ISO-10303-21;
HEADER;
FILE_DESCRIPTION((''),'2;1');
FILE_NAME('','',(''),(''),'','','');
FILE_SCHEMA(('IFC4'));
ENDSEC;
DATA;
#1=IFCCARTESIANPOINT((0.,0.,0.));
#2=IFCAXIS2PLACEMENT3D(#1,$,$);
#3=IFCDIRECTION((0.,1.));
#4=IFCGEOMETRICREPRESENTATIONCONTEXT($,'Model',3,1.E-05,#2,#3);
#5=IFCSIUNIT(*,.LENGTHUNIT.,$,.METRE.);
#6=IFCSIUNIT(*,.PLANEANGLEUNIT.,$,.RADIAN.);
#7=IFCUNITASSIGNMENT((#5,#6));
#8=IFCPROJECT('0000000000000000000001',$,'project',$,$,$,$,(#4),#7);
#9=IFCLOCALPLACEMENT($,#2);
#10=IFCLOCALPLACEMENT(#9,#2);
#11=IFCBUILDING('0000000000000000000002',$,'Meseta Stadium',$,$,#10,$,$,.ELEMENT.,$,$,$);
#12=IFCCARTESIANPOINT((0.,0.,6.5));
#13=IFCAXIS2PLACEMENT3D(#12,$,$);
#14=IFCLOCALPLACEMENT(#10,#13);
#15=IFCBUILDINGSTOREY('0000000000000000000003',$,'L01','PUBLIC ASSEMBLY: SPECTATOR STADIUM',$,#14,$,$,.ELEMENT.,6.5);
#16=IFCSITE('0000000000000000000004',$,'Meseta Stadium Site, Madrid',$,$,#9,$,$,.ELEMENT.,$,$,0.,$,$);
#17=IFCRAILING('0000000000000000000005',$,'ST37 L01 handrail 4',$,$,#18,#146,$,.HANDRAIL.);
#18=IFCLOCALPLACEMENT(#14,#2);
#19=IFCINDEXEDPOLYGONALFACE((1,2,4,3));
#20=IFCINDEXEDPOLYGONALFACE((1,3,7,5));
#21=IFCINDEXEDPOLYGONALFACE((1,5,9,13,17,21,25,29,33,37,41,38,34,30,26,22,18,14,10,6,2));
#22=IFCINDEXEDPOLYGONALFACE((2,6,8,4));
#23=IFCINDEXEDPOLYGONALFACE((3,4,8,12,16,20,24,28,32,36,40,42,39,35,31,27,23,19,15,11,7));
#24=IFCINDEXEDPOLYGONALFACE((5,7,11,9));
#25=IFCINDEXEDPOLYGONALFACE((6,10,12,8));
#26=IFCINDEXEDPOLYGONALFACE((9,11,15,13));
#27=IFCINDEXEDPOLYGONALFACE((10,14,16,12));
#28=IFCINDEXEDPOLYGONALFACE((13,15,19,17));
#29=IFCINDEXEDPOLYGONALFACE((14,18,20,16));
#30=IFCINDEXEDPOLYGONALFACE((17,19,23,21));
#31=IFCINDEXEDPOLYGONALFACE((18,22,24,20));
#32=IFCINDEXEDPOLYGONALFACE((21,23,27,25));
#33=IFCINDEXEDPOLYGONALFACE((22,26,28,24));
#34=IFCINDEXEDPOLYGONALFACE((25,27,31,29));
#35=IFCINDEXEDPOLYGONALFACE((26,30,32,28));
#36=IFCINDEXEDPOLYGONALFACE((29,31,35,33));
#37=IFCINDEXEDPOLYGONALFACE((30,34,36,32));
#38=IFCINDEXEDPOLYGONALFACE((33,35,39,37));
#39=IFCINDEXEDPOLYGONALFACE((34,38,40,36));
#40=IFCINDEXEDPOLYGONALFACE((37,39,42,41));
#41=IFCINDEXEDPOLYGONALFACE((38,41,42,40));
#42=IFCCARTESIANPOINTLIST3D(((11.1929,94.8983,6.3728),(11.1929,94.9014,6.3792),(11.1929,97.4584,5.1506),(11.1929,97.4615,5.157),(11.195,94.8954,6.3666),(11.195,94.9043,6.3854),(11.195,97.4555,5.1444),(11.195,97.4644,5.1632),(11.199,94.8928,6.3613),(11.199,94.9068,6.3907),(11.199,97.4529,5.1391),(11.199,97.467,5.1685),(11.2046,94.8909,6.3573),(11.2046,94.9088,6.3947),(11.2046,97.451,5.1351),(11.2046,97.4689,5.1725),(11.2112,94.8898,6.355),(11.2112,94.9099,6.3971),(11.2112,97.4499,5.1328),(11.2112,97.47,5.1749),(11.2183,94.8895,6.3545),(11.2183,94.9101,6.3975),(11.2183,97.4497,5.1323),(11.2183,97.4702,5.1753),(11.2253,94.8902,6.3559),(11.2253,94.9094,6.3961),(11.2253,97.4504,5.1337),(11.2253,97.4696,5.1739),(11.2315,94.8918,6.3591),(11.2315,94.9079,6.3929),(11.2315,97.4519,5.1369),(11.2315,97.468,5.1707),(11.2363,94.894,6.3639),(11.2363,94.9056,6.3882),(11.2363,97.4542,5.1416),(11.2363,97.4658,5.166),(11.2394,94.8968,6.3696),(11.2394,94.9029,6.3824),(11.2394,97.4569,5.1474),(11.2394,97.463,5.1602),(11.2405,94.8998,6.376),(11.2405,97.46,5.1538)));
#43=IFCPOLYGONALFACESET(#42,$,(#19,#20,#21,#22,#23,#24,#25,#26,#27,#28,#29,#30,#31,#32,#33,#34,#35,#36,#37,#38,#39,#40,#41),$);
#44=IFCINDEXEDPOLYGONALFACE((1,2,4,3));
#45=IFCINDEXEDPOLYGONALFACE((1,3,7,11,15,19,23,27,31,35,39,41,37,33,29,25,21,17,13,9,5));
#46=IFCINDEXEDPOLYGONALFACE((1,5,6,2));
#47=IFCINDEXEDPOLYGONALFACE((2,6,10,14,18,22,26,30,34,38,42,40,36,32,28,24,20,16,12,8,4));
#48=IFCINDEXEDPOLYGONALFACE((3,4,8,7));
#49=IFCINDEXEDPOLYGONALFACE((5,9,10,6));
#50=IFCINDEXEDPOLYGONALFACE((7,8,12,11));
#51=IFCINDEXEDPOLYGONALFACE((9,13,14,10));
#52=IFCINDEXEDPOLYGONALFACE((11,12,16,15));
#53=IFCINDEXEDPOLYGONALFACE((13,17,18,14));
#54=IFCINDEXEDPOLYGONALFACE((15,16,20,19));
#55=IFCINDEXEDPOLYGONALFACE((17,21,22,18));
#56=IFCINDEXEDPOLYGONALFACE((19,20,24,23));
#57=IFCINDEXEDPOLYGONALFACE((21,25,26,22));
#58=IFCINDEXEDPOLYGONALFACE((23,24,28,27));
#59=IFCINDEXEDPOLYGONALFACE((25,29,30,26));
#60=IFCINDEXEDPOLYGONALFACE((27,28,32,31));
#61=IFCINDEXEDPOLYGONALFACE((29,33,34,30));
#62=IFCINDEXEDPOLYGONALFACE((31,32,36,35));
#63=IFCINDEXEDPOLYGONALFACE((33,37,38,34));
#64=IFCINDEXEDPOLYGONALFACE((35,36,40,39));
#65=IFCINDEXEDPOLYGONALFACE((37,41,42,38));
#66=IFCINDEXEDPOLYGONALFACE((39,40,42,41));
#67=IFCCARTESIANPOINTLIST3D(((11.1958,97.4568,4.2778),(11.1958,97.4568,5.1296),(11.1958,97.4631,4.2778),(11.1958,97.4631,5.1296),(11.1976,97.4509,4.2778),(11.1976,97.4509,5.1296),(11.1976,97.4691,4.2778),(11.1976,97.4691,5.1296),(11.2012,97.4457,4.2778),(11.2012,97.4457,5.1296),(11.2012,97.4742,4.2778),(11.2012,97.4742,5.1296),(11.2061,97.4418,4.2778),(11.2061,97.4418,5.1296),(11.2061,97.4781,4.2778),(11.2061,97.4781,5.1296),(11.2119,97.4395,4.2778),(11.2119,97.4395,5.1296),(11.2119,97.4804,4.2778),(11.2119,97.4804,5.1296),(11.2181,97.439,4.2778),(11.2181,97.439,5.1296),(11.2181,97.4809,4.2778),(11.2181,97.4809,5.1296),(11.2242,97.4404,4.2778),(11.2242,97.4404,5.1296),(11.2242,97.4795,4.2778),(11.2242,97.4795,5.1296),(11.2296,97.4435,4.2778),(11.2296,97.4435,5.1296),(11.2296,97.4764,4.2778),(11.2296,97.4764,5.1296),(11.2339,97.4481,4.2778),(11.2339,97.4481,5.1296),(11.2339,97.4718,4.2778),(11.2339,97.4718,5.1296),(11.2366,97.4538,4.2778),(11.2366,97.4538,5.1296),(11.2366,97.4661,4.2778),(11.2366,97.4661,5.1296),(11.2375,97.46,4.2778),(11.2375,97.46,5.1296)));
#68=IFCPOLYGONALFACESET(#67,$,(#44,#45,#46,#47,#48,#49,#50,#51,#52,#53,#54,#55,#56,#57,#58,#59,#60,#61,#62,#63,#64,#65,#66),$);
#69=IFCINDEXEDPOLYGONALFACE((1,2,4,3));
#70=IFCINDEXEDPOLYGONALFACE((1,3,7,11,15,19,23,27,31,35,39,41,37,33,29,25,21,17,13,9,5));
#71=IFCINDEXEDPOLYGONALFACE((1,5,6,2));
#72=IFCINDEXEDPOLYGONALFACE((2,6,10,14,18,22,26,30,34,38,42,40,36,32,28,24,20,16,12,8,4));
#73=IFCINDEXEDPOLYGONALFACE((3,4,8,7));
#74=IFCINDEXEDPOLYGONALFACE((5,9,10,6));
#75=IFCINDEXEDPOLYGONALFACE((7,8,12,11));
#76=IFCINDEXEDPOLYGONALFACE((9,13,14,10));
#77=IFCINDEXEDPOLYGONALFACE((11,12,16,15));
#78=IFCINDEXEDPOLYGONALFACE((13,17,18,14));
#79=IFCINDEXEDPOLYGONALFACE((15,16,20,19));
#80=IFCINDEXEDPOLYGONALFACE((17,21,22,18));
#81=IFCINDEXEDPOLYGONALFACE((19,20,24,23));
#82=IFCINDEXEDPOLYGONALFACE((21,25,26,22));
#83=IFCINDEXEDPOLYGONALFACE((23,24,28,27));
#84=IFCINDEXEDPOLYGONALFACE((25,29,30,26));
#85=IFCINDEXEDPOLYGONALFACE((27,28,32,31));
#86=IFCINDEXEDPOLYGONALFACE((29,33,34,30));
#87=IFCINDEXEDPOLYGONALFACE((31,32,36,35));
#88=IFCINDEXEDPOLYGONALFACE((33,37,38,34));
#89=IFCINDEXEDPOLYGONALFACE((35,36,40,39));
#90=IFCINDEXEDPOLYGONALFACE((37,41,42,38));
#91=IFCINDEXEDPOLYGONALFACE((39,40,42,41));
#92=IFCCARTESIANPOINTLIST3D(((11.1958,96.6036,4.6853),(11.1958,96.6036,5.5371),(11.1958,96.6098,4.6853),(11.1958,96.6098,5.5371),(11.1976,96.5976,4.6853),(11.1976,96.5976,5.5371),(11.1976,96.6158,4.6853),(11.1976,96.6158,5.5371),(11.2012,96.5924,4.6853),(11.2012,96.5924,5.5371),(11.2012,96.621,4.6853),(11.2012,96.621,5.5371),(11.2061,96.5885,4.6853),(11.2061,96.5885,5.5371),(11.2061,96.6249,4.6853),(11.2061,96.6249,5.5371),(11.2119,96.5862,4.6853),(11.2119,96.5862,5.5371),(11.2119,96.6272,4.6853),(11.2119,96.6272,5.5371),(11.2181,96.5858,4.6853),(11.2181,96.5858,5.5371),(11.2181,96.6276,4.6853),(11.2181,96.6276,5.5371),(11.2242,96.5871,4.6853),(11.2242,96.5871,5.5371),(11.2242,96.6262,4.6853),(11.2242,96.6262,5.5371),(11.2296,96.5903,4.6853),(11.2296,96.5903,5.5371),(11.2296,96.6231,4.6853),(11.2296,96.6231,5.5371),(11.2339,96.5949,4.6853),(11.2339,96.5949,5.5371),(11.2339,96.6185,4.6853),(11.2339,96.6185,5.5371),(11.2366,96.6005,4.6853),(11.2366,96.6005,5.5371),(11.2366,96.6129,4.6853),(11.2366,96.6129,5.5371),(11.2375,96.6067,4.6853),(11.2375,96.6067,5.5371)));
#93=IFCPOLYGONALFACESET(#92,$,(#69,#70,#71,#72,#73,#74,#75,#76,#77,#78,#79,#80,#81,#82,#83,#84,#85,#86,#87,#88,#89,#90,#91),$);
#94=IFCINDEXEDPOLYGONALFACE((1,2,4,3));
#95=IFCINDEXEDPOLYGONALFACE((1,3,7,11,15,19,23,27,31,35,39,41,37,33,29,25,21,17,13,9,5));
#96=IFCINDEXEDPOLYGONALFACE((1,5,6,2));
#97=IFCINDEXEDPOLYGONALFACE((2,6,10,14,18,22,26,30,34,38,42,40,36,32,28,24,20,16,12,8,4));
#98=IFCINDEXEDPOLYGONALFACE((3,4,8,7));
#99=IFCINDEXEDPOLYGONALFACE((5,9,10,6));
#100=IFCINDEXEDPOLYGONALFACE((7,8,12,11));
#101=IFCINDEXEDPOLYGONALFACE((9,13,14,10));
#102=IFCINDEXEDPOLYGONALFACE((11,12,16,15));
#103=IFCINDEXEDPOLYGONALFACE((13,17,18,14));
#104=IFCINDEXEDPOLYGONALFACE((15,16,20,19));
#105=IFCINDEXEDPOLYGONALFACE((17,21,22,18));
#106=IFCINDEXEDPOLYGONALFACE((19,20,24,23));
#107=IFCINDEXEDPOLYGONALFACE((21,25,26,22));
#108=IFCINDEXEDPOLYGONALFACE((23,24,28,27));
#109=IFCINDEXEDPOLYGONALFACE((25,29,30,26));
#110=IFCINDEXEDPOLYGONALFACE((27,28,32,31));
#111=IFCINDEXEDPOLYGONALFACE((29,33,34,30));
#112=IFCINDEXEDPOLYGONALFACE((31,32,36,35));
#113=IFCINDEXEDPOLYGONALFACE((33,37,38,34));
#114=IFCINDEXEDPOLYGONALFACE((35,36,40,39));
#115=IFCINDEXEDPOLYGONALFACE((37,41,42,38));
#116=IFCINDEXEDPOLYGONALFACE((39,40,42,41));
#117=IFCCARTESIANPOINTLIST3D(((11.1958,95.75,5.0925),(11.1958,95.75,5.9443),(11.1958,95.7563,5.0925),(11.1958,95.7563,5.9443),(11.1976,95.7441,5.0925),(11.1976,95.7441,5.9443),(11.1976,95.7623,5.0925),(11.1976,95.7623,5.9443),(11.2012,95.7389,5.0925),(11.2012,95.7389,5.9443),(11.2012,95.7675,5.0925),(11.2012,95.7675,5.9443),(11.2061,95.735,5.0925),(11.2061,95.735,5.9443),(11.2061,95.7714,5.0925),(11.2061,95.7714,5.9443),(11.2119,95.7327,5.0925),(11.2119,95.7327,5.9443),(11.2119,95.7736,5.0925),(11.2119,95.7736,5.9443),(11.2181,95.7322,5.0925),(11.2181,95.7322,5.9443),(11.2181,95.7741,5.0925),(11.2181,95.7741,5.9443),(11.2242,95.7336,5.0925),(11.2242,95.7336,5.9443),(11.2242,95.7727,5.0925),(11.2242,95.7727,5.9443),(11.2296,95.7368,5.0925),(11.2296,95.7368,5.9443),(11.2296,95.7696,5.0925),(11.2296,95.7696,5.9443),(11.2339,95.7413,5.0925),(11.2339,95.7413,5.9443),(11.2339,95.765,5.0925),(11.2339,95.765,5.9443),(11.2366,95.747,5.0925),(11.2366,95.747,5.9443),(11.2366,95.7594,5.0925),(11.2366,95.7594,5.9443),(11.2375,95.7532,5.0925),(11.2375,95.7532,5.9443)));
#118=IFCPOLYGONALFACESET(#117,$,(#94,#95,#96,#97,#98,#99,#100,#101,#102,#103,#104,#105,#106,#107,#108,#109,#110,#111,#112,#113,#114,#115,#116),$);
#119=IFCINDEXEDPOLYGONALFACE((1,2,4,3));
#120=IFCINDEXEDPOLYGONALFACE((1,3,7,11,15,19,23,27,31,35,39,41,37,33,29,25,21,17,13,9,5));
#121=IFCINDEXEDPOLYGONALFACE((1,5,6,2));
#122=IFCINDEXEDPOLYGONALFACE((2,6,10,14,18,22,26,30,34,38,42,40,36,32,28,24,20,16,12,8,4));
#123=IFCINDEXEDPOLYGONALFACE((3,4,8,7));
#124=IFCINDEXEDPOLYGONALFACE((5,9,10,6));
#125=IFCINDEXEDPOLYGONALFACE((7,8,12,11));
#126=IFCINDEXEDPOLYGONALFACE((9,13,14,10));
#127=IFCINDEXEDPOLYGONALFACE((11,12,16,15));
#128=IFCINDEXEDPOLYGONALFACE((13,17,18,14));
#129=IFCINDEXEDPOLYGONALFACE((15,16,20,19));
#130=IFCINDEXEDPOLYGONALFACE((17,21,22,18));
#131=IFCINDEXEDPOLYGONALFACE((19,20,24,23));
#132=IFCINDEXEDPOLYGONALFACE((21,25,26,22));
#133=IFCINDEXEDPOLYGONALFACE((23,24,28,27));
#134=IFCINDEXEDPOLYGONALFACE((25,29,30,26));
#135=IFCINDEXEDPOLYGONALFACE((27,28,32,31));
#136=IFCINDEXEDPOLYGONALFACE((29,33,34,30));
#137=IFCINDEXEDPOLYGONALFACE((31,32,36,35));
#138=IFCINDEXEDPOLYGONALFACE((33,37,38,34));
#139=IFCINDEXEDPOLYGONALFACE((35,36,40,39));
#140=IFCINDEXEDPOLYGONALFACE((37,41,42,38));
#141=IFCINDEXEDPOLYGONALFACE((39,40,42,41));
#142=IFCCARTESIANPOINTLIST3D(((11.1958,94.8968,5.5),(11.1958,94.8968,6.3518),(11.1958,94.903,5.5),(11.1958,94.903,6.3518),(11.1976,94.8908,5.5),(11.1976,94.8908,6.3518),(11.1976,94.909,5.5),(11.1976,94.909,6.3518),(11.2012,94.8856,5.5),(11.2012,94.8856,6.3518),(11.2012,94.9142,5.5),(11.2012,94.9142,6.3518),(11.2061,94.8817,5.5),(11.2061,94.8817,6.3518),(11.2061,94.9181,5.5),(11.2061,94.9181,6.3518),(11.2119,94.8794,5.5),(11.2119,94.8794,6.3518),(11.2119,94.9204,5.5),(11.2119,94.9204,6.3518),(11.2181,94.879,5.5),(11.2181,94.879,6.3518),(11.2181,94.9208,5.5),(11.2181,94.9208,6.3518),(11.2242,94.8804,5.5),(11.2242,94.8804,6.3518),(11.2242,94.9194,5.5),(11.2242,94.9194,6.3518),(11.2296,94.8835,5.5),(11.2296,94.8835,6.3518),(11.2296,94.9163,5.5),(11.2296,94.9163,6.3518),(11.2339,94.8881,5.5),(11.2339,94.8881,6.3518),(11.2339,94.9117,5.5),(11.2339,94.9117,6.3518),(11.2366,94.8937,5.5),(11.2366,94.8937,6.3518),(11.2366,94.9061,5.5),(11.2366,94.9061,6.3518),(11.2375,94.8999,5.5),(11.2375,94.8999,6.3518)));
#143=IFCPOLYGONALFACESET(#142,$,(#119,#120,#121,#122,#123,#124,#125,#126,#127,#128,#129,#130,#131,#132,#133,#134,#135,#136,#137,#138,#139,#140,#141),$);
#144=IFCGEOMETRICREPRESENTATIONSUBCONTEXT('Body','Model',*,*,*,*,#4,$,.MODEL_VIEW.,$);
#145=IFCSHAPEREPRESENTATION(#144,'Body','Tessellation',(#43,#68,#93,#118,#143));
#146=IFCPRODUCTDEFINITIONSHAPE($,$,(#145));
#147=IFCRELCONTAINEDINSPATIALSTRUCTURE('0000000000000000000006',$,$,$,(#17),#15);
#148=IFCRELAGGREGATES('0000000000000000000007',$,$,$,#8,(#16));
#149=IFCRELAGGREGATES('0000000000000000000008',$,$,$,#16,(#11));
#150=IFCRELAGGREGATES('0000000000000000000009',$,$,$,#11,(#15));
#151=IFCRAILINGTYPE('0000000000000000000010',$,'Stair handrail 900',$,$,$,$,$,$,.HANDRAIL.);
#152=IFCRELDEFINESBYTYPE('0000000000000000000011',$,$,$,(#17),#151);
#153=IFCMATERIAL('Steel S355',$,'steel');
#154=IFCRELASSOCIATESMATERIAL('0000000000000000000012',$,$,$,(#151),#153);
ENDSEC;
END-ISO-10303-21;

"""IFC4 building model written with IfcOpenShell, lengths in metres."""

from ifc_helpers import new_model, si_unit, direction, frame, origin, origin_2d, place, context, subcontext, project, spatial, circle, extrude, material, type_object, element, save


model = new_model("IFC4")

# Units and contexts
model_context = context("Model", 3, precision=1e-05, world=origin(), true_north=direction((0.0, 1.0)))
body_context = subcontext(model_context, "Body", "Model", "MODEL_VIEW")
ifc_project = project(units=[si_unit("LENGTHUNIT", "METRE"), si_unit("PLANEANGLEUNIT", "RADIAN")], contexts=[model_context])

# Site, building, storey
site_placement = place(None, origin())
site = spatial("IfcSite", under=ifc_project, at=site_placement, Name="Meseta Stadium Site, Madrid", CompositionType="ELEMENT", RefElevation=0.0)
building_placement = place(site_placement, origin())
building = spatial("IfcBuilding", under=site, at=building_placement, Name="Meseta Stadium", CompositionType="ELEMENT")
storey_placement = place(building_placement, frame((0.0, 0.0, 6.5)))
storey = spatial("IfcBuildingStorey", under=building, at=storey_placement, Name="L01", Description="PUBLIC ASSEMBLY: SPECTATOR STADIUM", CompositionType="ELEMENT", Elevation=6.5)

# Railing
ifc_material_1 = material(Name="Steel S355", Category="steel")
railing_type_1 = type_object("IfcRailingType", Name="Stair handrail 900", PredefinedType="HANDRAIL", material=ifc_material_1)
railing_1_placement = place(storey_placement, frame((11.2166, 97.46, 4.2778)))
element("IfcRailing", 1, at=railing_1_placement, inside=storey, type_object=railing_type_1, Name="ST37 L01 handrail 4", PredefinedType="HANDRAIL", context=body_context, shape_type="SweptSolid", body=[
    extrude(circle(Radius=0.0239, at=origin_2d()), frame((0.0, 0.0, 0.876), z_axis=(0.0, -0.902437, 0.430822), x_axis=(1.0, 0.0, 0.0)), (0.0, 0.0, 1.0), 2.8369),
    extrude(circle(Radius=0.021, at=origin_2d()), origin(), (0.0, 0.0, 1.0), 0.8518),
    extrude(circle(Radius=0.021, at=origin_2d()), frame((0.0, -0.8533, 0.4075)), (0.0, 0.0, 1.0), 0.8518),
    extrude(circle(Radius=0.021, at=origin_2d()), frame((0.0, -1.7068, 0.8147)), (0.0, 0.0, 1.0), 0.8518),
    extrude(circle(Radius=0.021, at=origin_2d()), frame((0.0, -2.5601, 1.2222)), (0.0, 0.0, 1.0), 0.8518),
])

save(model, "model.ifc")
